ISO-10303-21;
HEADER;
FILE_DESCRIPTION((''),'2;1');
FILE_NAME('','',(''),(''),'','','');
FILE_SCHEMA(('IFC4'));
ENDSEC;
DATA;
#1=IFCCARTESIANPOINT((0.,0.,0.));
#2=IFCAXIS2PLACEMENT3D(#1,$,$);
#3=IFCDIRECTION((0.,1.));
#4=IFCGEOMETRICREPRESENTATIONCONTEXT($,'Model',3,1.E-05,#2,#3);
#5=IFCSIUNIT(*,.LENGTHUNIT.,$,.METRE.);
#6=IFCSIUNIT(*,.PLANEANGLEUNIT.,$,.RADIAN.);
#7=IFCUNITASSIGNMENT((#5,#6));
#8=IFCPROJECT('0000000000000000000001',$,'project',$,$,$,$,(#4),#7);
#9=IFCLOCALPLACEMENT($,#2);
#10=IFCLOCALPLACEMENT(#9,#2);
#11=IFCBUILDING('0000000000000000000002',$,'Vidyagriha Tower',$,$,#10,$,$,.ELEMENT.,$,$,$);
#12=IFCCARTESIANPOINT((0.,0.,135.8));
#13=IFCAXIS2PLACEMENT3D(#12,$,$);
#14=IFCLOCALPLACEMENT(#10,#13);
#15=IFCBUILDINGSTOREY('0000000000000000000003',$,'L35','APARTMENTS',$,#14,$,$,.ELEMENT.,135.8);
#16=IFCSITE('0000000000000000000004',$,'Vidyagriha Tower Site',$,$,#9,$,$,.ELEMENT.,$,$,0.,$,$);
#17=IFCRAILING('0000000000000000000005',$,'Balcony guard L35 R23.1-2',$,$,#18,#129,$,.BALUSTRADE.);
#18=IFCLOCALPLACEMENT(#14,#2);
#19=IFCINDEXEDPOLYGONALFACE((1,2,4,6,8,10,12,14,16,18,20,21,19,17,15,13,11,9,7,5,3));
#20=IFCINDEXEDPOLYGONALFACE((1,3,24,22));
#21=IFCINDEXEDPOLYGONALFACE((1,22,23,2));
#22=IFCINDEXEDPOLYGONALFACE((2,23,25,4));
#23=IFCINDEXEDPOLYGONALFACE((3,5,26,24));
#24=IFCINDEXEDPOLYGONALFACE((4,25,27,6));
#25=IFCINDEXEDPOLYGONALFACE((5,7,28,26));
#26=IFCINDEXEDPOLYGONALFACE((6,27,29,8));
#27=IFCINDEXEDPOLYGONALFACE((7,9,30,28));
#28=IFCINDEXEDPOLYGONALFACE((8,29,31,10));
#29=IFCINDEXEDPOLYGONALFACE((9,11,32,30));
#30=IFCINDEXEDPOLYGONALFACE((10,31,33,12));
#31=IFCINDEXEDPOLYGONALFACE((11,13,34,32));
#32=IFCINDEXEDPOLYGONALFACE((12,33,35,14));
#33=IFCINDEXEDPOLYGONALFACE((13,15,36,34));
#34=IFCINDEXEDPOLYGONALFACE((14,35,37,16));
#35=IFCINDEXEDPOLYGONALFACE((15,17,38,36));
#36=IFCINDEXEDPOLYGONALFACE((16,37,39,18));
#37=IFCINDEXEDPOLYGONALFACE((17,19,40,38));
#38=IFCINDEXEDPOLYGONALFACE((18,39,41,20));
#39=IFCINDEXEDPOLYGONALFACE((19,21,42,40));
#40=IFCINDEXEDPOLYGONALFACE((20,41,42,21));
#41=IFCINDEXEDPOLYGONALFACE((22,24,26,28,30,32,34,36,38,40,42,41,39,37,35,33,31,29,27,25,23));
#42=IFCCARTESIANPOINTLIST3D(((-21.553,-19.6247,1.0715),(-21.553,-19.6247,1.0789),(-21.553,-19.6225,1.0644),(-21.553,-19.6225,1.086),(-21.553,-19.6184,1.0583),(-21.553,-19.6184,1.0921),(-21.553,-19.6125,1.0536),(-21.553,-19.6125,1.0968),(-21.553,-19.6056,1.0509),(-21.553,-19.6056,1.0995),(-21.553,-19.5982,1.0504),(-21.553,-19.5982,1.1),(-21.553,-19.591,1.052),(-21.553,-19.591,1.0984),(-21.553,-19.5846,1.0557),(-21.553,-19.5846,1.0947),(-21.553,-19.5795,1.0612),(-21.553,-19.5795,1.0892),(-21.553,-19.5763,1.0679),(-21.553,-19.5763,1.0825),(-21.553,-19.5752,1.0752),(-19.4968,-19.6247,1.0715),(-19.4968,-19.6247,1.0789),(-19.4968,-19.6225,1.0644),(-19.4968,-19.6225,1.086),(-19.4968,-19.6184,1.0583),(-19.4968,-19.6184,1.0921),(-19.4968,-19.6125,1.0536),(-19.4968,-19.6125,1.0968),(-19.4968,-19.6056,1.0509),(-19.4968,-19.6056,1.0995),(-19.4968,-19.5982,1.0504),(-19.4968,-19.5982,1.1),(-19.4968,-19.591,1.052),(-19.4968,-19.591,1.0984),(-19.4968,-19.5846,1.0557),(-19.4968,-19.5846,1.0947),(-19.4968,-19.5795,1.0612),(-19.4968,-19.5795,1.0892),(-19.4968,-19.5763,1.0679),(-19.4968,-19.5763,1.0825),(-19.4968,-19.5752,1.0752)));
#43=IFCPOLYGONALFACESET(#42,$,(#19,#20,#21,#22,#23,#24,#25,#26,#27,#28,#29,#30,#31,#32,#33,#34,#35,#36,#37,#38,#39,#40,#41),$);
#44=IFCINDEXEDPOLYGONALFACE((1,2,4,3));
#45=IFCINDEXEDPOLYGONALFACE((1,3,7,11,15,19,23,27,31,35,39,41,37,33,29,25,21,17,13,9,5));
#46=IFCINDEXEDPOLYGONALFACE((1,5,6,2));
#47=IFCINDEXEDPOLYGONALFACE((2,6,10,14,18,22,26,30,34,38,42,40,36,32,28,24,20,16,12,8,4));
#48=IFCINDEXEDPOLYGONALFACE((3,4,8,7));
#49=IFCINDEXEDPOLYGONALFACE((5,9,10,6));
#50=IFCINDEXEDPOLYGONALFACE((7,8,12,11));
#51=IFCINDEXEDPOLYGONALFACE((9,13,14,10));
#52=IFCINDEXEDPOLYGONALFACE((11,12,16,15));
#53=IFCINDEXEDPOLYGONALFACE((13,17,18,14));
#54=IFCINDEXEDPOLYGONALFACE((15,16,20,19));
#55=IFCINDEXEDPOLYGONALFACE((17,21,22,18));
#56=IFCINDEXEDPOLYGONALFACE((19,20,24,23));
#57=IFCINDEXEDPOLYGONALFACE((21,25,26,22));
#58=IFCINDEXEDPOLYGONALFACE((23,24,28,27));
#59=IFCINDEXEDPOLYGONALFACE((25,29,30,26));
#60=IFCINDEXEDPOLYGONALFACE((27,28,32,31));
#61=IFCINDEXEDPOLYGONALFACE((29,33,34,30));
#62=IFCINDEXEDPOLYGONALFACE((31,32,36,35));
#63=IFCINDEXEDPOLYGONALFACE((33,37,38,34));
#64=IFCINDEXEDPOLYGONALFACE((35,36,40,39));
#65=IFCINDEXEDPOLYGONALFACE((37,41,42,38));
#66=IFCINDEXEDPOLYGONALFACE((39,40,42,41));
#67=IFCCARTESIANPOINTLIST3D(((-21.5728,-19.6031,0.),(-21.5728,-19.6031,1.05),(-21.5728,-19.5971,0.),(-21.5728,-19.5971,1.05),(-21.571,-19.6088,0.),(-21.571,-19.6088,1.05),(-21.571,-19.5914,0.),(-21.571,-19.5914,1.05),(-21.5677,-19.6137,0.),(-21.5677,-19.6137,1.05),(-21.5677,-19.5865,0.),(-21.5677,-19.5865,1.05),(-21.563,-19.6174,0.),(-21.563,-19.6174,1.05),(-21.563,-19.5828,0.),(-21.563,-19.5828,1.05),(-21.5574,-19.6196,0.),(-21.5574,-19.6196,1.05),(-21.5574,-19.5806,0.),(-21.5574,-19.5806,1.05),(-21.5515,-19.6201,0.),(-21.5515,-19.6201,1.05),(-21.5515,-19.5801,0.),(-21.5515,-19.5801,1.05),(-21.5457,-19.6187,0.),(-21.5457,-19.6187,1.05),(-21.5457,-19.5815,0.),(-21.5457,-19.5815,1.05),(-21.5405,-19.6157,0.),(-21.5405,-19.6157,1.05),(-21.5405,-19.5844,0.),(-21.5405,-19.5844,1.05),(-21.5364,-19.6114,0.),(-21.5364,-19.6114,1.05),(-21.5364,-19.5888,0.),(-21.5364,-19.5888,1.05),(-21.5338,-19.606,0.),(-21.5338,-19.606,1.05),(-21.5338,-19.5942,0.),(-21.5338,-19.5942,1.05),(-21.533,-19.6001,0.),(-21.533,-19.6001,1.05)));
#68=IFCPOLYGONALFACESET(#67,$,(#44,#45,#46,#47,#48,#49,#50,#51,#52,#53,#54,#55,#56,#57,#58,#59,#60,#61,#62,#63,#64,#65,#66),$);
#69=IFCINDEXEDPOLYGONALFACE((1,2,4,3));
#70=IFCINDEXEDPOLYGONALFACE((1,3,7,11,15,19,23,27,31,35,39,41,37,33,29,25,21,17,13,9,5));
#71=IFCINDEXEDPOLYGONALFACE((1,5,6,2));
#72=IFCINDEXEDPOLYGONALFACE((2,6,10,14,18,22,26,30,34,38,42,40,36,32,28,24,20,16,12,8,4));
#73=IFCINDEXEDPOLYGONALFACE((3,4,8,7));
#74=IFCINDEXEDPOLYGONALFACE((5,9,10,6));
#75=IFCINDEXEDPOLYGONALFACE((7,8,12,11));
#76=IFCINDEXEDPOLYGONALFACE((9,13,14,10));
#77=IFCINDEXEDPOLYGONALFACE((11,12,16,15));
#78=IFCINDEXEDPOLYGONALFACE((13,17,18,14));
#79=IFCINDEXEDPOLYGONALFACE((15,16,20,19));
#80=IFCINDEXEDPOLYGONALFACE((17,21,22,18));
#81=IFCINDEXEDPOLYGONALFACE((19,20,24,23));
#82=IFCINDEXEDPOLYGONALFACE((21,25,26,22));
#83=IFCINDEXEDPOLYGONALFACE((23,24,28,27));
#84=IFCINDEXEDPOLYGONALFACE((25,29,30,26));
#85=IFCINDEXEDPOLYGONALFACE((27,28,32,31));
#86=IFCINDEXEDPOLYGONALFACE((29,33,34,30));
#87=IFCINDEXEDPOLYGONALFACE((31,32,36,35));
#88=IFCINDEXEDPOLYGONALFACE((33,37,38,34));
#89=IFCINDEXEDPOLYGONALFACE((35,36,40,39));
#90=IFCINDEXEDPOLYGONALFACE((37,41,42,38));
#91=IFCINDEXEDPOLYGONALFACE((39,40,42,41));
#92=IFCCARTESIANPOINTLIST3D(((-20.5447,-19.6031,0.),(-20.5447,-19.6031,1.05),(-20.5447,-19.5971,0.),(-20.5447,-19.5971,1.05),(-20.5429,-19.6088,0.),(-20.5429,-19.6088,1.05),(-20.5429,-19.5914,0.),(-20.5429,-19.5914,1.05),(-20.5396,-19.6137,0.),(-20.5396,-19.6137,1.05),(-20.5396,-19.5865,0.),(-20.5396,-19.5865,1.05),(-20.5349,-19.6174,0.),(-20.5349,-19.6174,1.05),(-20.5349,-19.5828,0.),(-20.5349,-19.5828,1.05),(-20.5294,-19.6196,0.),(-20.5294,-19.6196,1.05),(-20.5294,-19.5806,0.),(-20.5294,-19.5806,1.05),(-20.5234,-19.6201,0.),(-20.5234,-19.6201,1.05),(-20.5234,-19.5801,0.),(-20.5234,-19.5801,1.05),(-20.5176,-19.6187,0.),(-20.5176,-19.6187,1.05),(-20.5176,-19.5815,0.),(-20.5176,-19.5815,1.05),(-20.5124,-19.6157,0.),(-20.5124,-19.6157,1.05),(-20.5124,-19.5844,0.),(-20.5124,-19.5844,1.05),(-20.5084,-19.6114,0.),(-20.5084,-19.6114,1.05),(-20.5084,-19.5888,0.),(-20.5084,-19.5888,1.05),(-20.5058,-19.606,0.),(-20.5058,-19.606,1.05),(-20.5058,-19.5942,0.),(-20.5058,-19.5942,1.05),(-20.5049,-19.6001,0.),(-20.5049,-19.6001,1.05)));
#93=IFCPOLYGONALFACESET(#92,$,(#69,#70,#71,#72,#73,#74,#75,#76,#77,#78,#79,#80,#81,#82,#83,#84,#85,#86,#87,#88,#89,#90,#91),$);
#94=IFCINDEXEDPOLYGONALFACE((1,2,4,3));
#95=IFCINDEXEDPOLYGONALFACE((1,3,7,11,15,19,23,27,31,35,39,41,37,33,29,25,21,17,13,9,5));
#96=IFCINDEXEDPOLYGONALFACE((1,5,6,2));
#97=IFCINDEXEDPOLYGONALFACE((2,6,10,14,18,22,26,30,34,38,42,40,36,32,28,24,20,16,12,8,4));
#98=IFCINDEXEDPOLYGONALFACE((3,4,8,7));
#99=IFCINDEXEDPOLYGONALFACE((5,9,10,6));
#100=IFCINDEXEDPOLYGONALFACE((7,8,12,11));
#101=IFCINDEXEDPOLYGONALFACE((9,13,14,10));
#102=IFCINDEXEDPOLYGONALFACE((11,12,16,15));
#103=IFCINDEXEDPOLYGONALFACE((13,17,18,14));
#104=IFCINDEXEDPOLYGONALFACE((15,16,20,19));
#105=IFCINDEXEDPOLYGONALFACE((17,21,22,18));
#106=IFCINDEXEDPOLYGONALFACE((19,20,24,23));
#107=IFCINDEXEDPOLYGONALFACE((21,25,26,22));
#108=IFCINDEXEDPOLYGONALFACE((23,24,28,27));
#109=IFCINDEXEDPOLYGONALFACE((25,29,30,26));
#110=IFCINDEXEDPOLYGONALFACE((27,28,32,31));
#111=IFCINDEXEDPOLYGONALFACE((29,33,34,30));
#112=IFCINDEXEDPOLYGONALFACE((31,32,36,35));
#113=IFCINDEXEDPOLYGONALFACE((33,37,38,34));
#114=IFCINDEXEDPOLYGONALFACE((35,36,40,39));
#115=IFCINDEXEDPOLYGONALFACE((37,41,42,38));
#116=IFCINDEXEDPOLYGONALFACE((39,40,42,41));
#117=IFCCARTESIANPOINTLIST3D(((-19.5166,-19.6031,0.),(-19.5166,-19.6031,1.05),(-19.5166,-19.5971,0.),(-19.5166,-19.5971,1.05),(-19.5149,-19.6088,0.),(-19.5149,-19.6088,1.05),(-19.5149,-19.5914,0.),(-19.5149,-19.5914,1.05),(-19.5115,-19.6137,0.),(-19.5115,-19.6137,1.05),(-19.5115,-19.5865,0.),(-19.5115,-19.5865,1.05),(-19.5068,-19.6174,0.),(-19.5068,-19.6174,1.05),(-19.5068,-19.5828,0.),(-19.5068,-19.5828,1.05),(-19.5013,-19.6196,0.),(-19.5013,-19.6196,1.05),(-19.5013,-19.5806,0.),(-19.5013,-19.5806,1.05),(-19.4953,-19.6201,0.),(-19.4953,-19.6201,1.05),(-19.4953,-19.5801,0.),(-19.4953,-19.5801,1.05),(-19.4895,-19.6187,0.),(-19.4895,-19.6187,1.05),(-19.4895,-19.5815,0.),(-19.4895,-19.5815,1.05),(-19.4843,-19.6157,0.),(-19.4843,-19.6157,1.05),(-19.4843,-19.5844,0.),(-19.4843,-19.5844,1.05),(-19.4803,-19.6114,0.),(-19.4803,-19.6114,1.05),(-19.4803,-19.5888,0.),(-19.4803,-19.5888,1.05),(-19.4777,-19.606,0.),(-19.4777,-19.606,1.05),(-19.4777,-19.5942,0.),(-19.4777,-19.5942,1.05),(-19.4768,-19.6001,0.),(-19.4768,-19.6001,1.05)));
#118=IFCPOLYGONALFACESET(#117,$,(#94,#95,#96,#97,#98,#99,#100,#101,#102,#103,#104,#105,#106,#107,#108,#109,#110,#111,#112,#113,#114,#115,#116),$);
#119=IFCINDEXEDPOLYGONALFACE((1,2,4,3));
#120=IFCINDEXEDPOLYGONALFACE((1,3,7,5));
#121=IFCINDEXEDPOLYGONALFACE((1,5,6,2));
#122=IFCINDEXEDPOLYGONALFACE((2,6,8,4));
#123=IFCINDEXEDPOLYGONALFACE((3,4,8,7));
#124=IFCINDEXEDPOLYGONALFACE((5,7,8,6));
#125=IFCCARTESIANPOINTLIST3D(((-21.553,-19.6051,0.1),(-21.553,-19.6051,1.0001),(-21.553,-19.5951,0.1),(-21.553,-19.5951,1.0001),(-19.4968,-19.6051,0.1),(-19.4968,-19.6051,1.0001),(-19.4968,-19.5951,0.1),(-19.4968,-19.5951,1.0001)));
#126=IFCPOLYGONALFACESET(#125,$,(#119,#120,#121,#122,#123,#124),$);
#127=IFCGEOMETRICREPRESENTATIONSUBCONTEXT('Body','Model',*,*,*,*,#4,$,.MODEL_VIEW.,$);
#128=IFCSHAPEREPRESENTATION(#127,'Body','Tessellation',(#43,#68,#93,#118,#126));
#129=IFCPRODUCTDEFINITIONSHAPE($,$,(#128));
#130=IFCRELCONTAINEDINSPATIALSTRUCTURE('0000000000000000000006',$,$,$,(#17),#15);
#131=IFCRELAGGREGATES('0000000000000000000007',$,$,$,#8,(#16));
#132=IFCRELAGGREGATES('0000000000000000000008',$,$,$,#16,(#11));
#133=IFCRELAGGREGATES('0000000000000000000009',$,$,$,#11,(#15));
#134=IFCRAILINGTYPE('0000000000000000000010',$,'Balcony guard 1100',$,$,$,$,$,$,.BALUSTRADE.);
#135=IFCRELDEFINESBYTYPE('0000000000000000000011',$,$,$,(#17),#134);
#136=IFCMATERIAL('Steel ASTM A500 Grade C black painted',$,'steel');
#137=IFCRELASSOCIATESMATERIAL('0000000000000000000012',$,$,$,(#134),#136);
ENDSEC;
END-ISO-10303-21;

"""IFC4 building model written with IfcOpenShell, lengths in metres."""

from ifc_helpers import new_model, si_unit, direction, frame, origin, origin_2d, place, context, subcontext, project, spatial, rectangle, circle, extrude, material, type_object, element, save


model = new_model("IFC4")

# Units and contexts
model_context = context("Model", 3, precision=1e-05, world=origin(), true_north=direction((0.0, 1.0)))
body_context = subcontext(model_context, "Body", "Model", "MODEL_VIEW")
ifc_project = project(units=[si_unit("LENGTHUNIT", "METRE"), si_unit("PLANEANGLEUNIT", "RADIAN")], contexts=[model_context])

# Site, building, storey
site_placement = place(None, origin())
site = spatial("IfcSite", under=ifc_project, at=site_placement, Name="Vidyagriha Tower Site", CompositionType="ELEMENT", RefElevation=0.0)
building_placement = place(site_placement, origin())
building = spatial("IfcBuilding", under=site, at=building_placement, Name="Vidyagriha Tower", CompositionType="ELEMENT")
storey_placement = place(building_placement, frame((0.0, 0.0, 135.8)))
storey = spatial("IfcBuildingStorey", under=building, at=storey_placement, Name="L35", Description="APARTMENTS", CompositionType="ELEMENT", Elevation=135.8)

# Railing
ifc_material_1 = material(Name="Steel ASTM A500 Grade C black painted", Category="steel")
railing_type = type_object("IfcRailingType", Name="Balcony guard 1100", PredefinedType="BALUSTRADE", material=ifc_material_1)
railing_1_placement = place(storey_placement, frame((-21.553, -19.6001, 0.0)))
element("IfcRailing", 1, at=railing_1_placement, inside=storey, type_object=railing_type, Name="Balcony guard L35 R23.1-2", PredefinedType="BALUSTRADE", context=body_context, shape_type="SweptSolid", body=[
    extrude(circle(Radius=0.0249, at=origin_2d()), frame((0.0, 0.0, 1.0752), z_axis=(1.0, 0.0, 0.0), x_axis=(0.0, 1.0, 0.0)), (0.0, 0.0, 1.0), 2.0562),
    extrude(circle(Radius=0.02, at=origin_2d()), origin(), (0.0, 0.0, 1.0), 1.05),
    extrude(circle(Radius=0.02, at=origin_2d()), frame((1.0281, 0.0, 0.0)), (0.0, 0.0, 1.0), 1.05),
    extrude(circle(Radius=0.02, at=origin_2d()), frame((2.0562, 0.0, 0.0)), (0.0, 0.0, 1.0), 1.05),
    extrude(rectangle(XDim=0.01, YDim=0.9001, at=origin_2d()), frame((0.0, 0.0, 0.55), z_axis=(1.0, 0.0, 0.0), x_axis=(0.0, 1.0, 0.0)), (0.0, 0.0, 1.0), 2.0562),
])

save(model, "model.ifc")
